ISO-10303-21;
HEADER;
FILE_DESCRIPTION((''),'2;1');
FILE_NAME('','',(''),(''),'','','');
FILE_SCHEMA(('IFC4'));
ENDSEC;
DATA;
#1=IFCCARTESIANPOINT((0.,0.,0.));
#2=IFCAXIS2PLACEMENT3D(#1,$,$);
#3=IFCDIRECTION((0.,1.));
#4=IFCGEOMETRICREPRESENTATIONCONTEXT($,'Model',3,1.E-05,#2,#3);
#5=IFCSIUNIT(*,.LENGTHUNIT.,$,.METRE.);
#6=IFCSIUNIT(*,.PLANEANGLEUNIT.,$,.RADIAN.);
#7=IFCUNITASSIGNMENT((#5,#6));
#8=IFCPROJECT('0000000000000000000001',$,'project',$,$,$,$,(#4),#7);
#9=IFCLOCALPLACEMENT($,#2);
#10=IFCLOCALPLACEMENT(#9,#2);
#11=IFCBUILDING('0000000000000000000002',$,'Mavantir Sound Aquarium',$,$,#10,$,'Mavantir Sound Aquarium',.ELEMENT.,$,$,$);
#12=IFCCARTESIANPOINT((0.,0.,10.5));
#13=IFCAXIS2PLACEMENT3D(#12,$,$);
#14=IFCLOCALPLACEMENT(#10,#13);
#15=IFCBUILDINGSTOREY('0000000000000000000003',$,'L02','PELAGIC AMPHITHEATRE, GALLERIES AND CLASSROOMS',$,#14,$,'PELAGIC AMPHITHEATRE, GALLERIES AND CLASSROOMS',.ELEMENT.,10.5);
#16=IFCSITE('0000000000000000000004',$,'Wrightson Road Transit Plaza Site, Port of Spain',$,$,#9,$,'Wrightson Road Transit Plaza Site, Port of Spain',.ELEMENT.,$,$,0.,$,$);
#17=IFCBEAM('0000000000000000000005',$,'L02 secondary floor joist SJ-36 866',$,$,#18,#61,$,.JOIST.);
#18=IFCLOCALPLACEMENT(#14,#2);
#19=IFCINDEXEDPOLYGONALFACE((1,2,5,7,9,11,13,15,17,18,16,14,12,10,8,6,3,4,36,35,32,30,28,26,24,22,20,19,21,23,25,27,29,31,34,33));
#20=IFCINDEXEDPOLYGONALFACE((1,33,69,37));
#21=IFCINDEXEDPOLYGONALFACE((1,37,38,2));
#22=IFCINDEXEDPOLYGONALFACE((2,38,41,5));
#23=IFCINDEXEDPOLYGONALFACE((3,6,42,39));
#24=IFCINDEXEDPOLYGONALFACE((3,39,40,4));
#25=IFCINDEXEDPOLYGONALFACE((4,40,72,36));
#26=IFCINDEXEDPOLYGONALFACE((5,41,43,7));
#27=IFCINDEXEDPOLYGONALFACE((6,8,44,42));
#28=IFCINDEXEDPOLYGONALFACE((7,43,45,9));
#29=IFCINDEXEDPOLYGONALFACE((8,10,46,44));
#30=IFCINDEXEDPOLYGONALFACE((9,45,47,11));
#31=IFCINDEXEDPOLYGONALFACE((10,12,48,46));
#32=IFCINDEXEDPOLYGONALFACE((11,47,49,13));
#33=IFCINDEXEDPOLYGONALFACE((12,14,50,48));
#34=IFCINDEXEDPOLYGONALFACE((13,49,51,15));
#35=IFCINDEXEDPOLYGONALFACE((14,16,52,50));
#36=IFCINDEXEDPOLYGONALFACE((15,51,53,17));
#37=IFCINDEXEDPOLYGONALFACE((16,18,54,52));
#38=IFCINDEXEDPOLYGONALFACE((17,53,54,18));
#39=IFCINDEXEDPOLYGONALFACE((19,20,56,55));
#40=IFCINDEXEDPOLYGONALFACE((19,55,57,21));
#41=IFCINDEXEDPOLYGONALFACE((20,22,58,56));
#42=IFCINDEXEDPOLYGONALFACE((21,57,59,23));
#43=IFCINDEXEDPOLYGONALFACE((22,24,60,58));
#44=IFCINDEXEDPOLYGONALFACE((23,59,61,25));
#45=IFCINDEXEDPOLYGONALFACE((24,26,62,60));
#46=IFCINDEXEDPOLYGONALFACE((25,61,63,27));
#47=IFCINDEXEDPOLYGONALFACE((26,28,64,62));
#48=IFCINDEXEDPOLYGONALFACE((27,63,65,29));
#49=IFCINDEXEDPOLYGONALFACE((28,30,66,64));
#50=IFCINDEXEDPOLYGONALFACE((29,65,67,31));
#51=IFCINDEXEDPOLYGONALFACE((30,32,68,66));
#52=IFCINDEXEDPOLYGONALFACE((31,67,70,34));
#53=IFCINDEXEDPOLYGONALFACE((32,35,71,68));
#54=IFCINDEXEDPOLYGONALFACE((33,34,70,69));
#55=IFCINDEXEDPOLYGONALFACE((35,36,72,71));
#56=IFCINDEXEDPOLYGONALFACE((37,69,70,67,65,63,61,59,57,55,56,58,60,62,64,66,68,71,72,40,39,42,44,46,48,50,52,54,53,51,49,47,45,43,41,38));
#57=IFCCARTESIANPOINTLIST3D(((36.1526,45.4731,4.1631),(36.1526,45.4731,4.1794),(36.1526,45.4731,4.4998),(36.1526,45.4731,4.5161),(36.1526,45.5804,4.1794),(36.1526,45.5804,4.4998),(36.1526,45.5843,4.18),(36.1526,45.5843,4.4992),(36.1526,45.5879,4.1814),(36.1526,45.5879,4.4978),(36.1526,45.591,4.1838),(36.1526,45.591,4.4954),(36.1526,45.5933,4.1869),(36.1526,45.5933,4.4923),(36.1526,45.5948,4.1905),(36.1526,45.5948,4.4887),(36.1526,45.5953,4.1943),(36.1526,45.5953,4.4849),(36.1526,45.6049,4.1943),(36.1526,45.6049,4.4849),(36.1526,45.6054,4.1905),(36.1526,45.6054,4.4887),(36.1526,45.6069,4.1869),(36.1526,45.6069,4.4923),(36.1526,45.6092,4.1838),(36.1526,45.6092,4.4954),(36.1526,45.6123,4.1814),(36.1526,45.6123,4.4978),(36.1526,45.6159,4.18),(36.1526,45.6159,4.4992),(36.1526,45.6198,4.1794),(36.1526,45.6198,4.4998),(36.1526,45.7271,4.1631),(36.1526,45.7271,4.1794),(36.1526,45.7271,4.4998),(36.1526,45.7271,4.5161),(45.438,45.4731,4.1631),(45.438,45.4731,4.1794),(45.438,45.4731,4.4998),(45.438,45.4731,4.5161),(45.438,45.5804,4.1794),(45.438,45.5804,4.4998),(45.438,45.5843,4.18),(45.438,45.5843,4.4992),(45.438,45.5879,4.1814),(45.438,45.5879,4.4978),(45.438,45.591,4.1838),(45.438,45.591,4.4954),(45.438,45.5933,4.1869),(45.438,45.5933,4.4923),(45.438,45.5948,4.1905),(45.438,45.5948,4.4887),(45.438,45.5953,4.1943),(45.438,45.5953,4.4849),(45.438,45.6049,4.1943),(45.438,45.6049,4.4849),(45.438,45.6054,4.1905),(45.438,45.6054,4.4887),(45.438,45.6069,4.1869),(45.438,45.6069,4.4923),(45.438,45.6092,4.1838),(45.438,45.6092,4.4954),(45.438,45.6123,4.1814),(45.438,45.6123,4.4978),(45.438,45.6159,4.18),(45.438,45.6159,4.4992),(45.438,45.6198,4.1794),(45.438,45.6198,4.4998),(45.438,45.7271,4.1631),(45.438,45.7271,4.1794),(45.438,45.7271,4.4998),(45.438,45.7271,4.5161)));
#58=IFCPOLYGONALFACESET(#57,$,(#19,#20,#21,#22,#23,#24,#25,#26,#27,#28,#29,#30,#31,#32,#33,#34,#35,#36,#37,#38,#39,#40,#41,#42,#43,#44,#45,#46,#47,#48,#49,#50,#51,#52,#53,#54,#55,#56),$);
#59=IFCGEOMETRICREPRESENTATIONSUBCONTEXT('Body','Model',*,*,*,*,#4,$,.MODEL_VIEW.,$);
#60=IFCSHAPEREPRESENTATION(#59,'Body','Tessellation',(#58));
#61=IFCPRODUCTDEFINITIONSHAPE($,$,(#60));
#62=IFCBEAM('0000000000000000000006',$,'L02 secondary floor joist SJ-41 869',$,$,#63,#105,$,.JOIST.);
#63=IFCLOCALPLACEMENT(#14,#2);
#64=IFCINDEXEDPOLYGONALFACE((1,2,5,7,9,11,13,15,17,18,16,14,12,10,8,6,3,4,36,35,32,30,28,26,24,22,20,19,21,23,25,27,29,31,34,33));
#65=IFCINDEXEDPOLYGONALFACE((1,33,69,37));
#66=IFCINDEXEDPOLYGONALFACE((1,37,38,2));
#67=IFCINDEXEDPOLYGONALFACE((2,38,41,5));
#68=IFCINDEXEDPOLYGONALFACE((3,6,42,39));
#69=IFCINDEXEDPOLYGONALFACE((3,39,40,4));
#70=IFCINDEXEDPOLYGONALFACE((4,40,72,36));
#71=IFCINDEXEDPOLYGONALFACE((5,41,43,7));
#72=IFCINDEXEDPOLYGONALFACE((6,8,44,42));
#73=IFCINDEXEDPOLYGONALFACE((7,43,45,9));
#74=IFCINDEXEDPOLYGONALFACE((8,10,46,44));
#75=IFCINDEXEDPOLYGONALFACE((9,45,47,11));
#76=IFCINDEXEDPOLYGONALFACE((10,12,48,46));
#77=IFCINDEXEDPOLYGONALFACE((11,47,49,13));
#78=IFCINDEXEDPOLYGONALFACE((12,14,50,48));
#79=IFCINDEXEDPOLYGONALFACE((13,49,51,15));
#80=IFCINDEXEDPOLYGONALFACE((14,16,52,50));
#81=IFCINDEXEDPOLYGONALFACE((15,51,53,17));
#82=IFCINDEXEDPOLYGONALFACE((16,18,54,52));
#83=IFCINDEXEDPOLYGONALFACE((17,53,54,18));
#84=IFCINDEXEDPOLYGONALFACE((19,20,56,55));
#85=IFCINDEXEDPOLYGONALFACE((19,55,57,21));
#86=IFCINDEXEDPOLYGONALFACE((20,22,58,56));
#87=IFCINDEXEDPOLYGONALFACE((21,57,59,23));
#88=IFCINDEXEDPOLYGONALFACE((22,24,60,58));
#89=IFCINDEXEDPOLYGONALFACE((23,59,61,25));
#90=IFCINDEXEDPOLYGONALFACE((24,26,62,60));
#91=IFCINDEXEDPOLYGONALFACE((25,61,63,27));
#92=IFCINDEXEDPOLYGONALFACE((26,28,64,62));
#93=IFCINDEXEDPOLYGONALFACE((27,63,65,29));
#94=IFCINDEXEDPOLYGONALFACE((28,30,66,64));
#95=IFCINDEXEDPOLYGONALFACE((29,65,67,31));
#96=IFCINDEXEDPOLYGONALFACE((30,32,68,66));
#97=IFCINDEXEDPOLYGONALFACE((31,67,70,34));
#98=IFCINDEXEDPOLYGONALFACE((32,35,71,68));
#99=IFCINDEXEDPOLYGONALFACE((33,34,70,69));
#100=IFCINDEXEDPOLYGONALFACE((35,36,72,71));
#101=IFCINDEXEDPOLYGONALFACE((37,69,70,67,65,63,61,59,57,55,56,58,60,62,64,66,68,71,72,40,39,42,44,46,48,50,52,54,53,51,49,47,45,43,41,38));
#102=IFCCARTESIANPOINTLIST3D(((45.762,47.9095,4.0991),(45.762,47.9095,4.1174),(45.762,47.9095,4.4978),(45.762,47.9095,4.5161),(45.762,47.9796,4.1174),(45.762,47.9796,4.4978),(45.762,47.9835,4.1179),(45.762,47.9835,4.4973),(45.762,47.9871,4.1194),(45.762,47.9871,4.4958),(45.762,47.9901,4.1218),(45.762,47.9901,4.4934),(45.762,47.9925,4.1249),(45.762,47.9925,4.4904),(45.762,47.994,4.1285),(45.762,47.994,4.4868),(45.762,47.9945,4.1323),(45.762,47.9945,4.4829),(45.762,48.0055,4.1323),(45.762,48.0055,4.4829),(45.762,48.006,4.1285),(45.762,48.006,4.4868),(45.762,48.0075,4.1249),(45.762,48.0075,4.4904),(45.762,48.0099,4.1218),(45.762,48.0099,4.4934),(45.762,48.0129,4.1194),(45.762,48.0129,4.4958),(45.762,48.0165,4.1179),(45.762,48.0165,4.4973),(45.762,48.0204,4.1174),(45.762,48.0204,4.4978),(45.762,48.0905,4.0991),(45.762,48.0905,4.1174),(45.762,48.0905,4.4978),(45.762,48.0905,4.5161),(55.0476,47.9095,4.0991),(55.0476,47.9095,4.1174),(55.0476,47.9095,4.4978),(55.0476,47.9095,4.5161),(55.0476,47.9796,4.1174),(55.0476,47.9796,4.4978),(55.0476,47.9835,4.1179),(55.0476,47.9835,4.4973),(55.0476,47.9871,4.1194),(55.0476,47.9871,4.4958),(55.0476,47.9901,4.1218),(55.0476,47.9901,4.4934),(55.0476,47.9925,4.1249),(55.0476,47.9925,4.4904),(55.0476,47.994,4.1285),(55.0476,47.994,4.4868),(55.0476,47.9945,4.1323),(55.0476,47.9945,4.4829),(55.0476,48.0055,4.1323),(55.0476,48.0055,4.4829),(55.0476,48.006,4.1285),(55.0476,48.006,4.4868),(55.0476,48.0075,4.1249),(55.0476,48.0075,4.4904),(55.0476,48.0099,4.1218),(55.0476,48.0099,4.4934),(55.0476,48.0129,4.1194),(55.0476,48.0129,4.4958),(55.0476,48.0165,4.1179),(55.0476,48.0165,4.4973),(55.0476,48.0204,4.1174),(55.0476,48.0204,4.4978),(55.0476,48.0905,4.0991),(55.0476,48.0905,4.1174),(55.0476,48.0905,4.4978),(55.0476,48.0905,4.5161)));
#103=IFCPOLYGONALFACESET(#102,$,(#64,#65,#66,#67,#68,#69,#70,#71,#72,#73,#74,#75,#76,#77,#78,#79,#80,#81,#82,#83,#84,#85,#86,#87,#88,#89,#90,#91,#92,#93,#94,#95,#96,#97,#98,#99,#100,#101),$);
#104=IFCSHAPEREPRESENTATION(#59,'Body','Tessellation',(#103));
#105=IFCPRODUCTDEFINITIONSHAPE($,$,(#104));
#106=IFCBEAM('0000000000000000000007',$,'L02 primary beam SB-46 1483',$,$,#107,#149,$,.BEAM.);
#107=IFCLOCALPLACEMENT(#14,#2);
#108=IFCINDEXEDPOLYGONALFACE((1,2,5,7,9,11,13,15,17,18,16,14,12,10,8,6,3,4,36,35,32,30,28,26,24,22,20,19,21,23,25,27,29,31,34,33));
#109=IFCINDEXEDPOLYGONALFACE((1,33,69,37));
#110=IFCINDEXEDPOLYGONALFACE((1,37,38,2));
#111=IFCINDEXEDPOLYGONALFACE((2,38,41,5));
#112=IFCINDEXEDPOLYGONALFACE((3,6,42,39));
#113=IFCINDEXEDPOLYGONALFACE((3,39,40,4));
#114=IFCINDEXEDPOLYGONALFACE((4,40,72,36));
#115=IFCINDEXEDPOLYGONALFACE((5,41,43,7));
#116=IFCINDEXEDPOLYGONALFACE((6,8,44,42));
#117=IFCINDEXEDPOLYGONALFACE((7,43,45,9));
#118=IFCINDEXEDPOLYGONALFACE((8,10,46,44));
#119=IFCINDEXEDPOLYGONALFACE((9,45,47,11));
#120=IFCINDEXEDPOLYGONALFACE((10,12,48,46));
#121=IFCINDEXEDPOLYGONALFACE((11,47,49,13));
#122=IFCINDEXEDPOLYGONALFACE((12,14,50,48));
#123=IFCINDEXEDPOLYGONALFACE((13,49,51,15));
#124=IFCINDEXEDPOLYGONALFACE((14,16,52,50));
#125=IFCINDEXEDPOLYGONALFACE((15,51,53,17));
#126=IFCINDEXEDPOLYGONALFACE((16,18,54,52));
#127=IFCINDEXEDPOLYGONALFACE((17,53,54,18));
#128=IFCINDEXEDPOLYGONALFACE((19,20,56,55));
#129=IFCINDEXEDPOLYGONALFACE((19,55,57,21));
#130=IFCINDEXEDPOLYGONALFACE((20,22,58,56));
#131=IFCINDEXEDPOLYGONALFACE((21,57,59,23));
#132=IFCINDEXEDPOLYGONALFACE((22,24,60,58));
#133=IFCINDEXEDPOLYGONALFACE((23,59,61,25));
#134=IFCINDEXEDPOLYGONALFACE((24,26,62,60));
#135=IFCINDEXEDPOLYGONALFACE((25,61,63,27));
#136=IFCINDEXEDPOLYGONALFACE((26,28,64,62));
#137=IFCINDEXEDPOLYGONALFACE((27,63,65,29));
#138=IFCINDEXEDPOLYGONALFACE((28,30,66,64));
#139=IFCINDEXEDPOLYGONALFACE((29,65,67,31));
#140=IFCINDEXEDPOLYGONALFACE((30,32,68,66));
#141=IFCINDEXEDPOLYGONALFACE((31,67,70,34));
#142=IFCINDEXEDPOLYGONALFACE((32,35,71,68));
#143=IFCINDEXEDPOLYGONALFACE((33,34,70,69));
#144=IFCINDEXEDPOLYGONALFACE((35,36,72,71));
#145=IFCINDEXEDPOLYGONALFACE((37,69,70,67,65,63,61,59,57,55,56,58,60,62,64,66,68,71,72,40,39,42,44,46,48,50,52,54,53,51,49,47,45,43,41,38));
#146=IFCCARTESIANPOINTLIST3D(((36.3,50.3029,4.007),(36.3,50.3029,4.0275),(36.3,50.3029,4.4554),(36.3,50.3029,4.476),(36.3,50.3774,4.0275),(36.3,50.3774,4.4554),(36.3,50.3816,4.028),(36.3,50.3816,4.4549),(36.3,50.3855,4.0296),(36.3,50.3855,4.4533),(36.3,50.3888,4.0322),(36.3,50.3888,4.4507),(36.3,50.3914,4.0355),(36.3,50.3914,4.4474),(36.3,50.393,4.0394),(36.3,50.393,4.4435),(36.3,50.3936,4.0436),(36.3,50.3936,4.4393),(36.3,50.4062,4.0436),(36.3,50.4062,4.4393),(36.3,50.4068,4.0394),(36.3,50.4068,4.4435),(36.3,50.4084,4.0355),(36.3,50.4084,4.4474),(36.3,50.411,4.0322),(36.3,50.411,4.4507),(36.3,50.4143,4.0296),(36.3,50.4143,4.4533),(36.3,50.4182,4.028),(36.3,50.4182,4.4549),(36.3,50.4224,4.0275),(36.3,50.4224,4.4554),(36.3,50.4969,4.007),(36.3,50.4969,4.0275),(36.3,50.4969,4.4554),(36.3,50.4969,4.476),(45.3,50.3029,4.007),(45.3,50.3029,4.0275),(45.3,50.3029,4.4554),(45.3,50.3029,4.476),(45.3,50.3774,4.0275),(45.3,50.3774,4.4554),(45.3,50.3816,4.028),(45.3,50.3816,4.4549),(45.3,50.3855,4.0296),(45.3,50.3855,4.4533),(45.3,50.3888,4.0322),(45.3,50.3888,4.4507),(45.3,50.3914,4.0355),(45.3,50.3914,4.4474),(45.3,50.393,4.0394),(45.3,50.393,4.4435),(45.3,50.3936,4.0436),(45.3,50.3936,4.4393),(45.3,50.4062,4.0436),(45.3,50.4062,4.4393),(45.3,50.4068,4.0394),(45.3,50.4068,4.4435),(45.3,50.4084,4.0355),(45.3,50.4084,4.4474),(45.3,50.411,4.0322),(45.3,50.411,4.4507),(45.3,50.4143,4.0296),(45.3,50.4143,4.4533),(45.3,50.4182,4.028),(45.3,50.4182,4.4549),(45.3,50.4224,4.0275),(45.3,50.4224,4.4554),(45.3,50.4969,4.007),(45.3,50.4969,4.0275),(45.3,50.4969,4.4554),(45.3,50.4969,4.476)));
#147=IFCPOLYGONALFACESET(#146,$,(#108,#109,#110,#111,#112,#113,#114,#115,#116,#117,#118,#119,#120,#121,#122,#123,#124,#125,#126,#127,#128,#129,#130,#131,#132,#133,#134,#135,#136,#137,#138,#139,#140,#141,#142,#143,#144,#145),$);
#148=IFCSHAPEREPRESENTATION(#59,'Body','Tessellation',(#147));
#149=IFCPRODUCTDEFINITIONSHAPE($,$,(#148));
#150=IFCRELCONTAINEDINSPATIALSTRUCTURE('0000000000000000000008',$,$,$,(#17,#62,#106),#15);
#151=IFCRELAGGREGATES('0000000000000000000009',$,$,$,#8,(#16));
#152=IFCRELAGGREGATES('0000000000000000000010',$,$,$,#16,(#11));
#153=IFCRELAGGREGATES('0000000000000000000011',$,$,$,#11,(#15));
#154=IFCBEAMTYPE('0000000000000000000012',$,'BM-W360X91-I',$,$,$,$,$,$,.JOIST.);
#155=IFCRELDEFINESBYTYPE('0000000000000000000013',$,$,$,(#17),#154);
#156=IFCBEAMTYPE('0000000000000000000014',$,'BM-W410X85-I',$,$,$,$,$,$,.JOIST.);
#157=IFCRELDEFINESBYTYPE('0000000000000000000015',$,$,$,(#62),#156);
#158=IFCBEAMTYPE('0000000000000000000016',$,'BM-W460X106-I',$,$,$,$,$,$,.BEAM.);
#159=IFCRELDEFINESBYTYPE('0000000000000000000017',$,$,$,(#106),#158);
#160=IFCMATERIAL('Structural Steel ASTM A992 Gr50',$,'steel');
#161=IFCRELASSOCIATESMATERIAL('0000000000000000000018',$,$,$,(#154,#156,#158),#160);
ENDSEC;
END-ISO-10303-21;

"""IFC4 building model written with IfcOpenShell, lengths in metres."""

from ifc_helpers import new_model, si_unit, direction, frame, origin, origin_2d, place, context, subcontext, project, spatial, i_section, extrude, material, material_profile, profile_set, type_object, element, save


model = new_model("IFC4")

# Units and contexts
model_context = context("Model", 3, precision=1e-05, world=origin(), true_north=direction((0.0, 1.0)))
body_context = subcontext(model_context, "Body", "Model", "MODEL_VIEW")
ifc_project = project(units=[si_unit("LENGTHUNIT", "METRE"), si_unit("PLANEANGLEUNIT", "RADIAN")], contexts=[model_context])

# Site, building, storey
site_placement = place(None, origin())
site = spatial("IfcSite", under=ifc_project, at=site_placement, Name="Wrightson Road Transit Plaza Site, Port of Spain", LongName="Wrightson Road Transit Plaza Site, Port of Spain", CompositionType="ELEMENT", RefElevation=0.0)
building_placement = place(site_placement, origin())
building = spatial("IfcBuilding", under=site, at=building_placement, Name="Mavantir Sound Aquarium", LongName="Mavantir Sound Aquarium", CompositionType="ELEMENT")
storey_placement = place(building_placement, frame((0.0, 0.0, 10.5)))
storey = spatial("IfcBuildingStorey", under=building, at=storey_placement, Name="L02", Description="PELAGIC AMPHITHEATRE, GALLERIES AND CLASSROOMS", LongName="PELAGIC AMPHITHEATRE, GALLERIES AND CLASSROOMS", CompositionType="ELEMENT", Elevation=10.5)

# Beams
ifc_material_1 = material(Name="Structural Steel ASTM A992 Gr50", Category="steel")
ifc_material_profile_1 = material_profile(ifc_material_1, i_section(OverallWidth=0.2539, OverallDepth=0.353, WebThickness=0.0095, FlangeThickness=0.0164, FilletRadius=0.0149, at=origin_2d()), Name="W360X91")
ifc_profile_set_1 = profile_set([ifc_material_profile_1], Name="Structural Steel ASTM A992 Gr50")
beam_type_1 = type_object("IfcBeamType", Name="BM-W360X91-I", PredefinedType="JOIST", material=ifc_profile_set_1)
beam_1_placement = place(storey_placement, frame((36.1526, 45.6001, 4.3396), z_axis=(1.0, 0.0, 0.0), x_axis=(0.0, 1.0, 0.0)))
element("IfcBeam", 1, at=beam_1_placement, inside=storey, type_object=beam_type_1, Name="L02 secondary floor joist SJ-36 866", PredefinedType="JOIST", context=body_context, shape_type="SweptSolid", body=[
    extrude(i_section(OverallWidth=0.2539, OverallDepth=0.353, WebThickness=0.0095, FlangeThickness=0.0164, FilletRadius=0.0149, at=origin_2d()), origin(), (0.0, 0.0, 1.0), 9.2854),
])
ifc_material_profile_2 = material_profile(ifc_material_1, i_section(OverallWidth=0.1809, OverallDepth=0.417, WebThickness=0.011, FlangeThickness=0.0183, FilletRadius=0.0149, at=origin_2d()), Name="W410X85")
ifc_profile_set_2 = profile_set([ifc_material_profile_2], Name="Structural Steel ASTM A992 Gr50")
beam_type_2 = type_object("IfcBeamType", Name="BM-W410X85-I", PredefinedType="JOIST", material=ifc_profile_set_2)
beam_2_placement = place(storey_placement, frame((45.762, 48.0, 4.3076), z_axis=(1.0, 0.0, 0.0), x_axis=(0.0, 1.0, 0.0)))
element("IfcBeam", 2, at=beam_2_placement, inside=storey, type_object=beam_type_2, Name="L02 secondary floor joist SJ-41 869", PredefinedType="JOIST", context=body_context, shape_type="SweptSolid", body=[
    extrude(i_section(OverallWidth=0.1809, OverallDepth=0.417, WebThickness=0.011, FlangeThickness=0.0183, FilletRadius=0.0149, at=origin_2d()), origin(), (0.0, 0.0, 1.0), 9.2856),
])
ifc_material_profile_3 = material_profile(ifc_material_1, i_section(OverallWidth=0.1941, OverallDepth=0.469, WebThickness=0.0127, FlangeThickness=0.0205, FilletRadius=0.0161, at=origin_2d()), Name="W460X106")
ifc_profile_set_3 = profile_set([ifc_material_profile_3], Name="Structural Steel ASTM A992 Gr50")
beam_type_3 = type_object("IfcBeamType", Name="BM-W460X106-I", PredefinedType="BEAM", material=ifc_profile_set_3)
beam_3_placement = place(storey_placement, frame((36.3, 50.3999, 4.2415), z_axis=(1.0, 0.0, 0.0), x_axis=(0.0, 1.0, 0.0)))
element("IfcBeam", 3, at=beam_3_placement, inside=storey, type_object=beam_type_3, Name="L02 primary beam SB-46 1483", PredefinedType="BEAM", context=body_context, shape_type="SweptSolid", body=[
    extrude(i_section(OverallWidth=0.1941, OverallDepth=0.469, WebThickness=0.0127, FlangeThickness=0.0205, FilletRadius=0.0161, at=origin_2d()), origin(), (0.0, 0.0, 1.0), 9.0),
])

save(model, "model.ifc")
